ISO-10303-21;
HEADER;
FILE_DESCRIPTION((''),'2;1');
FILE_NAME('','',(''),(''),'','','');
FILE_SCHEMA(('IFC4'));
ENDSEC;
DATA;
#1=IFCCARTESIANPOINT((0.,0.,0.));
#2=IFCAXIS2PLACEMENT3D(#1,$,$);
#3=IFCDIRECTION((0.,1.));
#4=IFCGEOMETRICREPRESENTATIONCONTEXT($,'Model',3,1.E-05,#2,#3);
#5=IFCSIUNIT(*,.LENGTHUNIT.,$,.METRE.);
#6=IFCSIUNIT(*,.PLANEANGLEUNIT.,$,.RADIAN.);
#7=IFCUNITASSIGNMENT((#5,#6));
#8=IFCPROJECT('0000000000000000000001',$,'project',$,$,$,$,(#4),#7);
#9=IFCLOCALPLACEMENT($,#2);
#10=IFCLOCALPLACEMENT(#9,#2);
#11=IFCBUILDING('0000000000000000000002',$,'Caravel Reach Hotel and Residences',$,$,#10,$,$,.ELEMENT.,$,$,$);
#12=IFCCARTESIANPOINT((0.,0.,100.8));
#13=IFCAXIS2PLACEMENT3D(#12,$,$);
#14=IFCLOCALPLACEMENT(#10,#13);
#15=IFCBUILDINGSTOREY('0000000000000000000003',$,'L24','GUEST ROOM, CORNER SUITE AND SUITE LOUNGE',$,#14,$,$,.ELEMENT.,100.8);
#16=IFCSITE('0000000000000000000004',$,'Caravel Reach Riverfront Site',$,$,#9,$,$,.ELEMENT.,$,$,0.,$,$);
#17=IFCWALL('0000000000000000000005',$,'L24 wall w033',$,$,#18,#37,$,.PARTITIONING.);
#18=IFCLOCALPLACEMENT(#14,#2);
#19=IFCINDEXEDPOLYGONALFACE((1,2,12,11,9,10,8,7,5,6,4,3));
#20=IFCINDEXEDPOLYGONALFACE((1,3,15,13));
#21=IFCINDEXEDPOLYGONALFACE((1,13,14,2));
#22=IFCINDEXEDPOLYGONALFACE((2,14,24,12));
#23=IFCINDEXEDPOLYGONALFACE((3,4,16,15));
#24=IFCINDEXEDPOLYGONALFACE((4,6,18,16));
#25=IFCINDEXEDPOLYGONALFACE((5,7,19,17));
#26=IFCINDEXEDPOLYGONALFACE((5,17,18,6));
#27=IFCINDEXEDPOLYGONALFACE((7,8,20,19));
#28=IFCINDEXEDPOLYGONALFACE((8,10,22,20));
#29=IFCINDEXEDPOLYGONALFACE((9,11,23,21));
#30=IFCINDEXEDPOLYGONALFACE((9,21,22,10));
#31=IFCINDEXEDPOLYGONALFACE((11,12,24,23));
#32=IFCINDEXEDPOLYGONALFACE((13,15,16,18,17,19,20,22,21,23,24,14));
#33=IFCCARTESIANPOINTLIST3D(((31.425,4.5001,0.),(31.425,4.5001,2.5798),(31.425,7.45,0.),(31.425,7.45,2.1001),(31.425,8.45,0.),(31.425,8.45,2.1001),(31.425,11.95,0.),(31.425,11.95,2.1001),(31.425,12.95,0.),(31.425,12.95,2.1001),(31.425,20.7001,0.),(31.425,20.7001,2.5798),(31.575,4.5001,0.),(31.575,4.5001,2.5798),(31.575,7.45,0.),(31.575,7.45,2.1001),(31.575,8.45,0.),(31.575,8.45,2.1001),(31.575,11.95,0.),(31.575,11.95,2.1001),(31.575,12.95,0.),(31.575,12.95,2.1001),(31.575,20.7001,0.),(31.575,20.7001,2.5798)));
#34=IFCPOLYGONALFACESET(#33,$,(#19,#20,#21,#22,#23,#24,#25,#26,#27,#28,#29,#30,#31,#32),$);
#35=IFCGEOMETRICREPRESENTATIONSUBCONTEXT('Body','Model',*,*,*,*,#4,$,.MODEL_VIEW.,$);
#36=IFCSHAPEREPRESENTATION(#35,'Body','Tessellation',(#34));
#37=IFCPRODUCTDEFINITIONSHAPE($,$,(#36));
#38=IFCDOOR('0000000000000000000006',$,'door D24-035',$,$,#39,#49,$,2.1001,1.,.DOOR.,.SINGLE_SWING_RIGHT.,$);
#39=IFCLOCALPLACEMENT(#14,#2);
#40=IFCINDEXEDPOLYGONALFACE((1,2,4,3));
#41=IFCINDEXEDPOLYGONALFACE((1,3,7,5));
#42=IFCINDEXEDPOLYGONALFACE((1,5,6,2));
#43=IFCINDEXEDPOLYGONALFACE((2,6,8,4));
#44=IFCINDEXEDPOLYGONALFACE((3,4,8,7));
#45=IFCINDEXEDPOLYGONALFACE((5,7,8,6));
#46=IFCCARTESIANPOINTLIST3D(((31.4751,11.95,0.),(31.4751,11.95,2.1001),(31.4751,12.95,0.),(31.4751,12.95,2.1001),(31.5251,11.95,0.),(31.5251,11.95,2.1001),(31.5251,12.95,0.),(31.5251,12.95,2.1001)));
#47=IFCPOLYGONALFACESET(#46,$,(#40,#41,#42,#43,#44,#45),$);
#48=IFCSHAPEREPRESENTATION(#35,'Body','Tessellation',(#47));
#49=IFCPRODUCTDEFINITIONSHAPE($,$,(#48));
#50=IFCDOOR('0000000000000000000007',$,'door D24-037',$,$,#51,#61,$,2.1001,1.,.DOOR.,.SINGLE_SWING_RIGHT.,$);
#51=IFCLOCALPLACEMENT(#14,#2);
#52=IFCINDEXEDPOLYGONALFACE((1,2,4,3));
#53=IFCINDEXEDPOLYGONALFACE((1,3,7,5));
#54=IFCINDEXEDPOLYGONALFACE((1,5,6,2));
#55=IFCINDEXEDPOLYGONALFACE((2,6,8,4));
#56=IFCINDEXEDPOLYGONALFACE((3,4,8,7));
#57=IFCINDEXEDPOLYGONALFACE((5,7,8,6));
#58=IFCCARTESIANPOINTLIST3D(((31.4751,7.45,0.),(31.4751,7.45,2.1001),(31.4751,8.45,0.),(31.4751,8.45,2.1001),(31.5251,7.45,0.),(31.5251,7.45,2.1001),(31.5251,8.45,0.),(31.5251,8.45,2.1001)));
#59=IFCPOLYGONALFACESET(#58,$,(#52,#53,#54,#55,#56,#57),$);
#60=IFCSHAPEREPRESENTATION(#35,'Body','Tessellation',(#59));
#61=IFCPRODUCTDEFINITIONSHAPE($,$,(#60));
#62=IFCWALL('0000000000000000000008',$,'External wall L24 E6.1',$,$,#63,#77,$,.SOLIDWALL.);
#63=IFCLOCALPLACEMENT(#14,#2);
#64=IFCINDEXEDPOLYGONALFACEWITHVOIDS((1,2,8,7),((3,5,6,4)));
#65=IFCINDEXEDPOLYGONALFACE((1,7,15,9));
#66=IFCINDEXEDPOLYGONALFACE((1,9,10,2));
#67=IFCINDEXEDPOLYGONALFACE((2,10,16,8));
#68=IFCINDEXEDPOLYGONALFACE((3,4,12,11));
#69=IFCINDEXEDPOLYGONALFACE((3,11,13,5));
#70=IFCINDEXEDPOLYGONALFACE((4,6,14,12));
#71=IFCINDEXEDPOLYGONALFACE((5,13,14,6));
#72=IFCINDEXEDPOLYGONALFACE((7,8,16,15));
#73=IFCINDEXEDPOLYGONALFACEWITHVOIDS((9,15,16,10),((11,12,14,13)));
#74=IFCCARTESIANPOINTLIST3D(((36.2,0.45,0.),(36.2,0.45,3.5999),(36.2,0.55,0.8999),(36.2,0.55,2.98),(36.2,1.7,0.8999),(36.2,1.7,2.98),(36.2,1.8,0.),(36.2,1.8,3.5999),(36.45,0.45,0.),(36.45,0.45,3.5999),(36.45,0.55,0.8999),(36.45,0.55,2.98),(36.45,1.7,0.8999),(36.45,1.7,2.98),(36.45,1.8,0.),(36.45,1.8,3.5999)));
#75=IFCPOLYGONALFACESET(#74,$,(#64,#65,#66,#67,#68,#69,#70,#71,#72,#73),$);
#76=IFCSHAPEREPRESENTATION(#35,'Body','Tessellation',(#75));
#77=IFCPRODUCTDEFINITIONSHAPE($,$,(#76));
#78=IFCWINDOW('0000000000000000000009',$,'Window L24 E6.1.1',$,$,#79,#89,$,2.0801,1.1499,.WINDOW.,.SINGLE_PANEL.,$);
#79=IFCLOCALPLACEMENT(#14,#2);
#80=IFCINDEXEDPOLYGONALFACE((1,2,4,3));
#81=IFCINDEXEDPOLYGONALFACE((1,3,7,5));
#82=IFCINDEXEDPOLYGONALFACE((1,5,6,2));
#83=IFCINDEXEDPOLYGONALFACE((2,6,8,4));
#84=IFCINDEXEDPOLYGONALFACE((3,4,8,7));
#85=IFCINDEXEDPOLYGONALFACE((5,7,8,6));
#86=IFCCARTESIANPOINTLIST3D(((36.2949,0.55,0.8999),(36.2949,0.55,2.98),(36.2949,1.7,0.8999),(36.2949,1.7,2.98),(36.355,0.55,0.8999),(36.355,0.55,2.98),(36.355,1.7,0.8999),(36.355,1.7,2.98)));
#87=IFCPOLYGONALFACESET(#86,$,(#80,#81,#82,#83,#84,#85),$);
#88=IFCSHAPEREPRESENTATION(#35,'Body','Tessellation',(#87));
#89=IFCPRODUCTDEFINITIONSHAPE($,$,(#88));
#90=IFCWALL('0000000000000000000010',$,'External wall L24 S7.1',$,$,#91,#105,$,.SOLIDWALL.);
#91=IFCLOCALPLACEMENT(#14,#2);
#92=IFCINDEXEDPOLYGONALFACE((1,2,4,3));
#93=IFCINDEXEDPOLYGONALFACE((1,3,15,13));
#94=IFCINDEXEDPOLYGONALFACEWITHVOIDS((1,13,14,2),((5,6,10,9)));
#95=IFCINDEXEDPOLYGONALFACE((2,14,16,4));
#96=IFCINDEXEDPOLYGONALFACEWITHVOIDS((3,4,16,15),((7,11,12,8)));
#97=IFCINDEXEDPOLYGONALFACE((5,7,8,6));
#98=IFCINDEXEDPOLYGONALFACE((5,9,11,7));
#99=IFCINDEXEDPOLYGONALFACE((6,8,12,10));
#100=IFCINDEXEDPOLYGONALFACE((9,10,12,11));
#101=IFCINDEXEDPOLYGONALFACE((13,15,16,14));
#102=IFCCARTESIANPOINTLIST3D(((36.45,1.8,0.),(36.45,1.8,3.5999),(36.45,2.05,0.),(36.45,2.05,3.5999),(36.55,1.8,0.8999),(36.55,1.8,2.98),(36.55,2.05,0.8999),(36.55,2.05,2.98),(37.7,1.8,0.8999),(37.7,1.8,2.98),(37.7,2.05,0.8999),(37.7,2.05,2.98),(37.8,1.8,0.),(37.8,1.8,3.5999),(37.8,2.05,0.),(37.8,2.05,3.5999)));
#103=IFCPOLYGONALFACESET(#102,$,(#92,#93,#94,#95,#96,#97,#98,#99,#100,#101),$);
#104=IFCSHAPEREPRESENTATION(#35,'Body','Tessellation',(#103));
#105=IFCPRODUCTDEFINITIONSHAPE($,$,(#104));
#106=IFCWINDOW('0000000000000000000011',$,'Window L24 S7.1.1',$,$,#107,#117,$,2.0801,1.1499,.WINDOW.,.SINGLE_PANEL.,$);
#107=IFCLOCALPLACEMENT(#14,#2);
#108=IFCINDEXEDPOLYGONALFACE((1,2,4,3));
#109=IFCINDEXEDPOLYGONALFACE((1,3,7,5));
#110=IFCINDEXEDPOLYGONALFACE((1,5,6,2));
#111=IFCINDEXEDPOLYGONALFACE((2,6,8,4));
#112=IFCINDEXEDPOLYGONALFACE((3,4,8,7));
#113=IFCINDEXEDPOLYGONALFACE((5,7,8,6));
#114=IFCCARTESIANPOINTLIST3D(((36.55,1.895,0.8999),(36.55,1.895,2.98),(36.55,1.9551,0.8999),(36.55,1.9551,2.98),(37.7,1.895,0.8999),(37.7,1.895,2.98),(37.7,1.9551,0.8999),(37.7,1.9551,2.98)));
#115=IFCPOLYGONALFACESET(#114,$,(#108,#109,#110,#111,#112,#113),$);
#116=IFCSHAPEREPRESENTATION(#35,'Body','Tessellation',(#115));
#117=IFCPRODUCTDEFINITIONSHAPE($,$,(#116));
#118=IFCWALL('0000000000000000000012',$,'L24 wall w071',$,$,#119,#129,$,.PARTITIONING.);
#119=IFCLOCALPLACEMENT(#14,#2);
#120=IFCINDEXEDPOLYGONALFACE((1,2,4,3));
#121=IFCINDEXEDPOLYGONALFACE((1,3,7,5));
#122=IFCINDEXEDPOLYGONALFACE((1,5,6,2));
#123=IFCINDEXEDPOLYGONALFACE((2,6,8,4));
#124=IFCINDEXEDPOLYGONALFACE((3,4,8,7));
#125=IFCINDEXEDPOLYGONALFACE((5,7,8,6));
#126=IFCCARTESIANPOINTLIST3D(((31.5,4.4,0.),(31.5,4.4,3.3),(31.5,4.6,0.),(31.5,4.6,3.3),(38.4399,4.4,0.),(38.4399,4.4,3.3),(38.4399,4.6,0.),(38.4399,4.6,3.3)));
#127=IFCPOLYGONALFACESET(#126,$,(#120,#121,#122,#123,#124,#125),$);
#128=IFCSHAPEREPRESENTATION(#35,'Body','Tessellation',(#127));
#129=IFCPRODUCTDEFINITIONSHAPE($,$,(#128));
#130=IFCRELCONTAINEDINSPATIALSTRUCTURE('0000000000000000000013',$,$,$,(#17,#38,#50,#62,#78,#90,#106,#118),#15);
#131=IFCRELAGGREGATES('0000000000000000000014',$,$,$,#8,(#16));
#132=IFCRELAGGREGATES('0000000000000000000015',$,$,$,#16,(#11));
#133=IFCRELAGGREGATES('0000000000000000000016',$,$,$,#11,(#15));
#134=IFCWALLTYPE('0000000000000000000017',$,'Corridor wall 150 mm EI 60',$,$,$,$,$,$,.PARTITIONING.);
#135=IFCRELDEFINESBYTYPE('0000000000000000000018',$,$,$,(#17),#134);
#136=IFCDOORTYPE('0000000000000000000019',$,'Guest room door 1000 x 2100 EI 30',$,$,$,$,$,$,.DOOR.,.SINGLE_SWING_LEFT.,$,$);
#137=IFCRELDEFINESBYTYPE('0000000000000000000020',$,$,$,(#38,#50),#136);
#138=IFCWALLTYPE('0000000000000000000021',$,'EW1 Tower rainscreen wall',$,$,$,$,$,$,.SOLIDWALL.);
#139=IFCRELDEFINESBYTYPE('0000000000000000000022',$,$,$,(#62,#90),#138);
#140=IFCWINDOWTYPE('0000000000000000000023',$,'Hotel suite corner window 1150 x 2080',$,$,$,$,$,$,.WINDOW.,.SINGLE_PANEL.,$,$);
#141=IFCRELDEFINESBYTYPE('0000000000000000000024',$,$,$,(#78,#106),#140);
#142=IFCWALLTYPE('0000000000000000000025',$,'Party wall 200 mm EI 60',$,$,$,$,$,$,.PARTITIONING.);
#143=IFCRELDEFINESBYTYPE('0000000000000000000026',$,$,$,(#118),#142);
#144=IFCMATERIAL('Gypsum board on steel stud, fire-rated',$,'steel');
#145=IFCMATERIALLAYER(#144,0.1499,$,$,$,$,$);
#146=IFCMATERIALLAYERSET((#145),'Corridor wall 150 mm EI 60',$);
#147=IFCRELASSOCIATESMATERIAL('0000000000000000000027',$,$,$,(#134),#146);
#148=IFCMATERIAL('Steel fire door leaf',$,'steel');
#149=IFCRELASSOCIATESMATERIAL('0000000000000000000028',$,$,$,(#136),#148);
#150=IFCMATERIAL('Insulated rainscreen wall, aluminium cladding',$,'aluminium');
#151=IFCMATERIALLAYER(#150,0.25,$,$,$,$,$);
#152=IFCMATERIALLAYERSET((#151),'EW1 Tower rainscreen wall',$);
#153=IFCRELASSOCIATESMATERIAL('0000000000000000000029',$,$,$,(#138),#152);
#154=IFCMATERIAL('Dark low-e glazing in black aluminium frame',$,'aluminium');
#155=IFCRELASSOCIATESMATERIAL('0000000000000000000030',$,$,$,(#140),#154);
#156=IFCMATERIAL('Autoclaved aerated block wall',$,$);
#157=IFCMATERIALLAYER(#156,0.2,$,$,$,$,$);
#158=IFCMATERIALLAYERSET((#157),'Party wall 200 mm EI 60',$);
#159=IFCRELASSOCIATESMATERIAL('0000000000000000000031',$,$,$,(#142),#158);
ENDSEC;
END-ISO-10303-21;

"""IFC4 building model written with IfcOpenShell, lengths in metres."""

from ifc_helpers import new_model, si_unit, direction, frame, frame_2d, origin, place, context, subcontext, project, spatial, rectangle, extrude, material, layer, layer_set, type_object, element, fill, save


model = new_model("IFC4")

# Units and contexts
model_context = context("Model", 3, precision=1e-05, world=origin(), true_north=direction((0.0, 1.0)))
body_context = subcontext(model_context, "Body", "Model", "MODEL_VIEW")
ifc_project = project(units=[si_unit("LENGTHUNIT", "METRE"), si_unit("PLANEANGLEUNIT", "RADIAN")], contexts=[model_context])

# Site, building, storey
site_placement = place(None, origin())
site = spatial("IfcSite", under=ifc_project, at=site_placement, Name="Caravel Reach Riverfront Site", CompositionType="ELEMENT", RefElevation=0.0)
building_placement = place(site_placement, origin())
building = spatial("IfcBuilding", under=site, at=building_placement, Name="Caravel Reach Hotel and Residences", CompositionType="ELEMENT")
storey_placement = place(building_placement, frame((0.0, 0.0, 100.8)))
storey = spatial("IfcBuildingStorey", under=building, at=storey_placement, Name="L24", Description="GUEST ROOM, CORNER SUITE AND SUITE LOUNGE", CompositionType="ELEMENT", Elevation=100.8)

# Shared definitions
ifc_material_1 = material(Name="Gypsum board on steel stud, fire-rated", Category="steel")
ifc_layer_1 = layer(ifc_material_1, 0.1499)
ifc_layer_set_1 = layer_set([ifc_layer_1], Name="Corridor wall 150 mm EI 60")
wall_type_1 = type_object("IfcWallType", Name="Corridor wall 150 mm EI 60", PredefinedType="PARTITIONING", material=ifc_layer_set_1)
ifc_material_2 = material(Name="Steel fire door leaf", Category="steel")
door_type_1 = type_object("IfcDoorType", Name="Guest room door 1000 x 2100 EI 30", OperationType="SINGLE_SWING_LEFT", PredefinedType="DOOR", material=ifc_material_2)

# Wall, openings, doors
wall_1_placement = place(storey_placement, frame((31.5, 4.5, 0.0), z_axis=(0.0, 0.0, 1.0), x_axis=(0.0, 1.0, 0.0)))
wall_1 = element("IfcWall", 1, at=wall_1_placement, inside=storey, type_object=wall_type_1, Name="L24 wall w033", PredefinedType="PARTITIONING", context=body_context, shape_type="SweptSolid", body=[
    extrude(rectangle(XDim=16.2, YDim=0.1499, at=frame_2d((8.1001, 0.0))), origin(), (0.0, 0.0, 1.0), 2.5798),
])
opening_1_placement = place(wall_1_placement, frame((7.45, 0.0, 0.0)))
opening_1 = element("IfcOpeningElement", 2, at=opening_1_placement, cuts=wall_1, PredefinedType="OPENING", context=body_context, shape_type="SweptSolid", body=[
    extrude(rectangle(XDim=1.0, YDim=2.1001, at=frame_2d((0.5, 1.05))), frame((0.0, 0.085, 0.0), z_axis=(0.0, -1.0, 0.0), x_axis=(1.0, 0.0, 0.0)), (0.0, 0.0, 1.0), 0.1699),
])
opening_2_placement = place(wall_1_placement, frame((2.95, 0.0, 0.0)))
opening_2 = element("IfcOpeningElement", 3, at=opening_2_placement, cuts=wall_1, PredefinedType="OPENING", context=body_context, shape_type="SweptSolid", body=[
    extrude(rectangle(XDim=1.0, YDim=2.1001, at=frame_2d((0.5, 1.05))), frame((0.0, 0.085, 0.0), z_axis=(0.0, -1.0, 0.0), x_axis=(1.0, 0.0, 0.0)), (0.0, 0.0, 1.0), 0.1699),
])
door_1_placement = place(opening_1_placement, origin())
door_1 = element("IfcDoor", 4, at=door_1_placement, inside=storey, type_object=door_type_1, Name="door D24-035", OperationType="SINGLE_SWING_RIGHT", OverallHeight=2.1001, OverallWidth=1.0, PredefinedType="DOOR", context=body_context, shape_type="SweptSolid", body=[
    extrude(rectangle(XDim=1.0, YDim=2.1001, at=frame_2d((0.5, 1.05))), frame((0.0, 0.0249, 0.0), z_axis=(0.0, -1.0, 0.0), x_axis=(1.0, 0.0, 0.0)), (0.0, 0.0, 1.0), 0.05),
])
fill(opening_1, door_1)
door_2_placement = place(opening_2_placement, origin())
door_2 = element("IfcDoor", 5, at=door_2_placement, inside=storey, type_object=door_type_1, Name="door D24-037", OperationType="SINGLE_SWING_RIGHT", OverallHeight=2.1001, OverallWidth=1.0, PredefinedType="DOOR", context=body_context, shape_type="SweptSolid", body=[
    extrude(rectangle(XDim=1.0, YDim=2.1001, at=frame_2d((0.5, 1.05))), frame((0.0, 0.0249, 0.0), z_axis=(0.0, -1.0, 0.0), x_axis=(1.0, 0.0, 0.0)), (0.0, 0.0, 1.0), 0.05),
])
fill(opening_2, door_2)

# Walls, openings, windows
ifc_material_3 = material(Name="Insulated rainscreen wall, aluminium cladding", Category="aluminium")
ifc_layer_2 = layer(ifc_material_3, 0.25)
ifc_layer_set_2 = layer_set([ifc_layer_2], Name="EW1 Tower rainscreen wall")
wall_type_2 = type_object("IfcWallType", Name="EW1 Tower rainscreen wall", PredefinedType="SOLIDWALL", material=ifc_layer_set_2)
wall_2_placement = place(storey_placement, frame((36.325, 0.45, 0.0), z_axis=(0.0, 0.0, 1.0), x_axis=(0.0, 1.0, 0.0)))
wall_2 = element("IfcWall", 6, at=wall_2_placement, inside=storey, type_object=wall_type_2, Name="External wall L24 E6.1", PredefinedType="SOLIDWALL", context=body_context, shape_type="SweptSolid", body=[
    extrude(rectangle(XDim=1.3501, YDim=0.25, at=frame_2d((0.675, 0.0))), origin(), (0.0, 0.0, 1.0), 3.5999),
])
opening_3_placement = place(wall_2_placement, frame((0.1001, 0.0, 0.8999)))
opening_3 = element("IfcOpeningElement", 7, at=opening_3_placement, cuts=wall_2, PredefinedType="OPENING", context=body_context, shape_type="SweptSolid", body=[
    extrude(rectangle(XDim=1.1499, YDim=2.0801, at=frame_2d((0.575, 1.04))), frame((0.0, 0.135, 0.0), z_axis=(0.0, -1.0, 0.0), x_axis=(1.0, 0.0, 0.0)), (0.0, 0.0, 1.0), 0.27),
])
ifc_material_4 = material(Name="Dark low-e glazing in black aluminium frame", Category="aluminium")
window_type = type_object("IfcWindowType", Name="Hotel suite corner window 1150 x 2080", PartitioningType="SINGLE_PANEL", PredefinedType="WINDOW", material=ifc_material_4)
window_1_placement = place(opening_3_placement, origin())
window_1 = element("IfcWindow", 8, at=window_1_placement, inside=storey, type_object=window_type, Name="Window L24 E6.1.1", OverallHeight=2.0801, OverallWidth=1.1499, PartitioningType="SINGLE_PANEL", PredefinedType="WINDOW", context=body_context, shape_type="SweptSolid", body=[
    extrude(rectangle(XDim=1.1499, YDim=2.0801, at=frame_2d((0.575, 1.04))), frame((0.0, 0.03, 0.0), z_axis=(0.0, -1.0, 0.0), x_axis=(1.0, 0.0, 0.0)), (0.0, 0.0, 1.0), 0.0601),
])
fill(opening_3, window_1)
wall_3_placement = place(storey_placement, frame((36.45, 1.925, 0.0), z_axis=(0.0, 0.0, 1.0), x_axis=(1.0, 0.0, 0.0)))
wall_3 = element("IfcWall", 9, at=wall_3_placement, inside=storey, type_object=wall_type_2, Name="External wall L24 S7.1", PredefinedType="SOLIDWALL", context=body_context, shape_type="SweptSolid", body=[
    extrude(rectangle(XDim=1.3501, YDim=0.25, at=frame_2d((0.675, 0.0))), origin(), (0.0, 0.0, 1.0), 3.5999),
])
opening_4_placement = place(wall_3_placement, frame((0.1001, 0.0, 0.8999)))
opening_4 = element("IfcOpeningElement", 10, at=opening_4_placement, cuts=wall_3, PredefinedType="OPENING", context=body_context, shape_type="SweptSolid", body=[
    extrude(rectangle(XDim=1.1499, YDim=2.0801, at=frame_2d((0.575, 1.04))), frame((0.0, 0.135, 0.0), z_axis=(0.0, -1.0, 0.0), x_axis=(1.0, 0.0, 0.0)), (0.0, 0.0, 1.0), 0.27),
])
window_2_placement = place(opening_4_placement, origin())
window_2 = element("IfcWindow", 11, at=window_2_placement, inside=storey, type_object=window_type, Name="Window L24 S7.1.1", OverallHeight=2.0801, OverallWidth=1.1499, PartitioningType="SINGLE_PANEL", PredefinedType="WINDOW", context=body_context, shape_type="SweptSolid", body=[
    extrude(rectangle(XDim=1.1499, YDim=2.0801, at=frame_2d((0.575, 1.04))), frame((0.0, 0.03, 0.0), z_axis=(0.0, -1.0, 0.0), x_axis=(1.0, 0.0, 0.0)), (0.0, 0.0, 1.0), 0.0601),
])
fill(opening_4, window_2)

# Wall
ifc_material_5 = material(Name="Autoclaved aerated block wall")
ifc_layer_3 = layer(ifc_material_5, 0.2)
ifc_layer_set_3 = layer_set([ifc_layer_3], Name="Party wall 200 mm EI 60")
wall_type_3 = type_object("IfcWallType", Name="Party wall 200 mm EI 60", PredefinedType="PARTITIONING", material=ifc_layer_set_3)
wall_4_placement = place(storey_placement, frame((31.5, 4.5, 0.0), z_axis=(0.0, 0.0, 1.0), x_axis=(1.0, 0.0, 0.0)))
element("IfcWall", 12, at=wall_4_placement, inside=storey, type_object=wall_type_3, Name="L24 wall w071", PredefinedType="PARTITIONING", context=body_context, shape_type="SweptSolid", body=[
    extrude(rectangle(XDim=6.9399, YDim=0.2, at=frame_2d((3.47, 0.0))), origin(), (0.0, 0.0, 1.0), 3.3),
])

save(model, "model.ifc")
